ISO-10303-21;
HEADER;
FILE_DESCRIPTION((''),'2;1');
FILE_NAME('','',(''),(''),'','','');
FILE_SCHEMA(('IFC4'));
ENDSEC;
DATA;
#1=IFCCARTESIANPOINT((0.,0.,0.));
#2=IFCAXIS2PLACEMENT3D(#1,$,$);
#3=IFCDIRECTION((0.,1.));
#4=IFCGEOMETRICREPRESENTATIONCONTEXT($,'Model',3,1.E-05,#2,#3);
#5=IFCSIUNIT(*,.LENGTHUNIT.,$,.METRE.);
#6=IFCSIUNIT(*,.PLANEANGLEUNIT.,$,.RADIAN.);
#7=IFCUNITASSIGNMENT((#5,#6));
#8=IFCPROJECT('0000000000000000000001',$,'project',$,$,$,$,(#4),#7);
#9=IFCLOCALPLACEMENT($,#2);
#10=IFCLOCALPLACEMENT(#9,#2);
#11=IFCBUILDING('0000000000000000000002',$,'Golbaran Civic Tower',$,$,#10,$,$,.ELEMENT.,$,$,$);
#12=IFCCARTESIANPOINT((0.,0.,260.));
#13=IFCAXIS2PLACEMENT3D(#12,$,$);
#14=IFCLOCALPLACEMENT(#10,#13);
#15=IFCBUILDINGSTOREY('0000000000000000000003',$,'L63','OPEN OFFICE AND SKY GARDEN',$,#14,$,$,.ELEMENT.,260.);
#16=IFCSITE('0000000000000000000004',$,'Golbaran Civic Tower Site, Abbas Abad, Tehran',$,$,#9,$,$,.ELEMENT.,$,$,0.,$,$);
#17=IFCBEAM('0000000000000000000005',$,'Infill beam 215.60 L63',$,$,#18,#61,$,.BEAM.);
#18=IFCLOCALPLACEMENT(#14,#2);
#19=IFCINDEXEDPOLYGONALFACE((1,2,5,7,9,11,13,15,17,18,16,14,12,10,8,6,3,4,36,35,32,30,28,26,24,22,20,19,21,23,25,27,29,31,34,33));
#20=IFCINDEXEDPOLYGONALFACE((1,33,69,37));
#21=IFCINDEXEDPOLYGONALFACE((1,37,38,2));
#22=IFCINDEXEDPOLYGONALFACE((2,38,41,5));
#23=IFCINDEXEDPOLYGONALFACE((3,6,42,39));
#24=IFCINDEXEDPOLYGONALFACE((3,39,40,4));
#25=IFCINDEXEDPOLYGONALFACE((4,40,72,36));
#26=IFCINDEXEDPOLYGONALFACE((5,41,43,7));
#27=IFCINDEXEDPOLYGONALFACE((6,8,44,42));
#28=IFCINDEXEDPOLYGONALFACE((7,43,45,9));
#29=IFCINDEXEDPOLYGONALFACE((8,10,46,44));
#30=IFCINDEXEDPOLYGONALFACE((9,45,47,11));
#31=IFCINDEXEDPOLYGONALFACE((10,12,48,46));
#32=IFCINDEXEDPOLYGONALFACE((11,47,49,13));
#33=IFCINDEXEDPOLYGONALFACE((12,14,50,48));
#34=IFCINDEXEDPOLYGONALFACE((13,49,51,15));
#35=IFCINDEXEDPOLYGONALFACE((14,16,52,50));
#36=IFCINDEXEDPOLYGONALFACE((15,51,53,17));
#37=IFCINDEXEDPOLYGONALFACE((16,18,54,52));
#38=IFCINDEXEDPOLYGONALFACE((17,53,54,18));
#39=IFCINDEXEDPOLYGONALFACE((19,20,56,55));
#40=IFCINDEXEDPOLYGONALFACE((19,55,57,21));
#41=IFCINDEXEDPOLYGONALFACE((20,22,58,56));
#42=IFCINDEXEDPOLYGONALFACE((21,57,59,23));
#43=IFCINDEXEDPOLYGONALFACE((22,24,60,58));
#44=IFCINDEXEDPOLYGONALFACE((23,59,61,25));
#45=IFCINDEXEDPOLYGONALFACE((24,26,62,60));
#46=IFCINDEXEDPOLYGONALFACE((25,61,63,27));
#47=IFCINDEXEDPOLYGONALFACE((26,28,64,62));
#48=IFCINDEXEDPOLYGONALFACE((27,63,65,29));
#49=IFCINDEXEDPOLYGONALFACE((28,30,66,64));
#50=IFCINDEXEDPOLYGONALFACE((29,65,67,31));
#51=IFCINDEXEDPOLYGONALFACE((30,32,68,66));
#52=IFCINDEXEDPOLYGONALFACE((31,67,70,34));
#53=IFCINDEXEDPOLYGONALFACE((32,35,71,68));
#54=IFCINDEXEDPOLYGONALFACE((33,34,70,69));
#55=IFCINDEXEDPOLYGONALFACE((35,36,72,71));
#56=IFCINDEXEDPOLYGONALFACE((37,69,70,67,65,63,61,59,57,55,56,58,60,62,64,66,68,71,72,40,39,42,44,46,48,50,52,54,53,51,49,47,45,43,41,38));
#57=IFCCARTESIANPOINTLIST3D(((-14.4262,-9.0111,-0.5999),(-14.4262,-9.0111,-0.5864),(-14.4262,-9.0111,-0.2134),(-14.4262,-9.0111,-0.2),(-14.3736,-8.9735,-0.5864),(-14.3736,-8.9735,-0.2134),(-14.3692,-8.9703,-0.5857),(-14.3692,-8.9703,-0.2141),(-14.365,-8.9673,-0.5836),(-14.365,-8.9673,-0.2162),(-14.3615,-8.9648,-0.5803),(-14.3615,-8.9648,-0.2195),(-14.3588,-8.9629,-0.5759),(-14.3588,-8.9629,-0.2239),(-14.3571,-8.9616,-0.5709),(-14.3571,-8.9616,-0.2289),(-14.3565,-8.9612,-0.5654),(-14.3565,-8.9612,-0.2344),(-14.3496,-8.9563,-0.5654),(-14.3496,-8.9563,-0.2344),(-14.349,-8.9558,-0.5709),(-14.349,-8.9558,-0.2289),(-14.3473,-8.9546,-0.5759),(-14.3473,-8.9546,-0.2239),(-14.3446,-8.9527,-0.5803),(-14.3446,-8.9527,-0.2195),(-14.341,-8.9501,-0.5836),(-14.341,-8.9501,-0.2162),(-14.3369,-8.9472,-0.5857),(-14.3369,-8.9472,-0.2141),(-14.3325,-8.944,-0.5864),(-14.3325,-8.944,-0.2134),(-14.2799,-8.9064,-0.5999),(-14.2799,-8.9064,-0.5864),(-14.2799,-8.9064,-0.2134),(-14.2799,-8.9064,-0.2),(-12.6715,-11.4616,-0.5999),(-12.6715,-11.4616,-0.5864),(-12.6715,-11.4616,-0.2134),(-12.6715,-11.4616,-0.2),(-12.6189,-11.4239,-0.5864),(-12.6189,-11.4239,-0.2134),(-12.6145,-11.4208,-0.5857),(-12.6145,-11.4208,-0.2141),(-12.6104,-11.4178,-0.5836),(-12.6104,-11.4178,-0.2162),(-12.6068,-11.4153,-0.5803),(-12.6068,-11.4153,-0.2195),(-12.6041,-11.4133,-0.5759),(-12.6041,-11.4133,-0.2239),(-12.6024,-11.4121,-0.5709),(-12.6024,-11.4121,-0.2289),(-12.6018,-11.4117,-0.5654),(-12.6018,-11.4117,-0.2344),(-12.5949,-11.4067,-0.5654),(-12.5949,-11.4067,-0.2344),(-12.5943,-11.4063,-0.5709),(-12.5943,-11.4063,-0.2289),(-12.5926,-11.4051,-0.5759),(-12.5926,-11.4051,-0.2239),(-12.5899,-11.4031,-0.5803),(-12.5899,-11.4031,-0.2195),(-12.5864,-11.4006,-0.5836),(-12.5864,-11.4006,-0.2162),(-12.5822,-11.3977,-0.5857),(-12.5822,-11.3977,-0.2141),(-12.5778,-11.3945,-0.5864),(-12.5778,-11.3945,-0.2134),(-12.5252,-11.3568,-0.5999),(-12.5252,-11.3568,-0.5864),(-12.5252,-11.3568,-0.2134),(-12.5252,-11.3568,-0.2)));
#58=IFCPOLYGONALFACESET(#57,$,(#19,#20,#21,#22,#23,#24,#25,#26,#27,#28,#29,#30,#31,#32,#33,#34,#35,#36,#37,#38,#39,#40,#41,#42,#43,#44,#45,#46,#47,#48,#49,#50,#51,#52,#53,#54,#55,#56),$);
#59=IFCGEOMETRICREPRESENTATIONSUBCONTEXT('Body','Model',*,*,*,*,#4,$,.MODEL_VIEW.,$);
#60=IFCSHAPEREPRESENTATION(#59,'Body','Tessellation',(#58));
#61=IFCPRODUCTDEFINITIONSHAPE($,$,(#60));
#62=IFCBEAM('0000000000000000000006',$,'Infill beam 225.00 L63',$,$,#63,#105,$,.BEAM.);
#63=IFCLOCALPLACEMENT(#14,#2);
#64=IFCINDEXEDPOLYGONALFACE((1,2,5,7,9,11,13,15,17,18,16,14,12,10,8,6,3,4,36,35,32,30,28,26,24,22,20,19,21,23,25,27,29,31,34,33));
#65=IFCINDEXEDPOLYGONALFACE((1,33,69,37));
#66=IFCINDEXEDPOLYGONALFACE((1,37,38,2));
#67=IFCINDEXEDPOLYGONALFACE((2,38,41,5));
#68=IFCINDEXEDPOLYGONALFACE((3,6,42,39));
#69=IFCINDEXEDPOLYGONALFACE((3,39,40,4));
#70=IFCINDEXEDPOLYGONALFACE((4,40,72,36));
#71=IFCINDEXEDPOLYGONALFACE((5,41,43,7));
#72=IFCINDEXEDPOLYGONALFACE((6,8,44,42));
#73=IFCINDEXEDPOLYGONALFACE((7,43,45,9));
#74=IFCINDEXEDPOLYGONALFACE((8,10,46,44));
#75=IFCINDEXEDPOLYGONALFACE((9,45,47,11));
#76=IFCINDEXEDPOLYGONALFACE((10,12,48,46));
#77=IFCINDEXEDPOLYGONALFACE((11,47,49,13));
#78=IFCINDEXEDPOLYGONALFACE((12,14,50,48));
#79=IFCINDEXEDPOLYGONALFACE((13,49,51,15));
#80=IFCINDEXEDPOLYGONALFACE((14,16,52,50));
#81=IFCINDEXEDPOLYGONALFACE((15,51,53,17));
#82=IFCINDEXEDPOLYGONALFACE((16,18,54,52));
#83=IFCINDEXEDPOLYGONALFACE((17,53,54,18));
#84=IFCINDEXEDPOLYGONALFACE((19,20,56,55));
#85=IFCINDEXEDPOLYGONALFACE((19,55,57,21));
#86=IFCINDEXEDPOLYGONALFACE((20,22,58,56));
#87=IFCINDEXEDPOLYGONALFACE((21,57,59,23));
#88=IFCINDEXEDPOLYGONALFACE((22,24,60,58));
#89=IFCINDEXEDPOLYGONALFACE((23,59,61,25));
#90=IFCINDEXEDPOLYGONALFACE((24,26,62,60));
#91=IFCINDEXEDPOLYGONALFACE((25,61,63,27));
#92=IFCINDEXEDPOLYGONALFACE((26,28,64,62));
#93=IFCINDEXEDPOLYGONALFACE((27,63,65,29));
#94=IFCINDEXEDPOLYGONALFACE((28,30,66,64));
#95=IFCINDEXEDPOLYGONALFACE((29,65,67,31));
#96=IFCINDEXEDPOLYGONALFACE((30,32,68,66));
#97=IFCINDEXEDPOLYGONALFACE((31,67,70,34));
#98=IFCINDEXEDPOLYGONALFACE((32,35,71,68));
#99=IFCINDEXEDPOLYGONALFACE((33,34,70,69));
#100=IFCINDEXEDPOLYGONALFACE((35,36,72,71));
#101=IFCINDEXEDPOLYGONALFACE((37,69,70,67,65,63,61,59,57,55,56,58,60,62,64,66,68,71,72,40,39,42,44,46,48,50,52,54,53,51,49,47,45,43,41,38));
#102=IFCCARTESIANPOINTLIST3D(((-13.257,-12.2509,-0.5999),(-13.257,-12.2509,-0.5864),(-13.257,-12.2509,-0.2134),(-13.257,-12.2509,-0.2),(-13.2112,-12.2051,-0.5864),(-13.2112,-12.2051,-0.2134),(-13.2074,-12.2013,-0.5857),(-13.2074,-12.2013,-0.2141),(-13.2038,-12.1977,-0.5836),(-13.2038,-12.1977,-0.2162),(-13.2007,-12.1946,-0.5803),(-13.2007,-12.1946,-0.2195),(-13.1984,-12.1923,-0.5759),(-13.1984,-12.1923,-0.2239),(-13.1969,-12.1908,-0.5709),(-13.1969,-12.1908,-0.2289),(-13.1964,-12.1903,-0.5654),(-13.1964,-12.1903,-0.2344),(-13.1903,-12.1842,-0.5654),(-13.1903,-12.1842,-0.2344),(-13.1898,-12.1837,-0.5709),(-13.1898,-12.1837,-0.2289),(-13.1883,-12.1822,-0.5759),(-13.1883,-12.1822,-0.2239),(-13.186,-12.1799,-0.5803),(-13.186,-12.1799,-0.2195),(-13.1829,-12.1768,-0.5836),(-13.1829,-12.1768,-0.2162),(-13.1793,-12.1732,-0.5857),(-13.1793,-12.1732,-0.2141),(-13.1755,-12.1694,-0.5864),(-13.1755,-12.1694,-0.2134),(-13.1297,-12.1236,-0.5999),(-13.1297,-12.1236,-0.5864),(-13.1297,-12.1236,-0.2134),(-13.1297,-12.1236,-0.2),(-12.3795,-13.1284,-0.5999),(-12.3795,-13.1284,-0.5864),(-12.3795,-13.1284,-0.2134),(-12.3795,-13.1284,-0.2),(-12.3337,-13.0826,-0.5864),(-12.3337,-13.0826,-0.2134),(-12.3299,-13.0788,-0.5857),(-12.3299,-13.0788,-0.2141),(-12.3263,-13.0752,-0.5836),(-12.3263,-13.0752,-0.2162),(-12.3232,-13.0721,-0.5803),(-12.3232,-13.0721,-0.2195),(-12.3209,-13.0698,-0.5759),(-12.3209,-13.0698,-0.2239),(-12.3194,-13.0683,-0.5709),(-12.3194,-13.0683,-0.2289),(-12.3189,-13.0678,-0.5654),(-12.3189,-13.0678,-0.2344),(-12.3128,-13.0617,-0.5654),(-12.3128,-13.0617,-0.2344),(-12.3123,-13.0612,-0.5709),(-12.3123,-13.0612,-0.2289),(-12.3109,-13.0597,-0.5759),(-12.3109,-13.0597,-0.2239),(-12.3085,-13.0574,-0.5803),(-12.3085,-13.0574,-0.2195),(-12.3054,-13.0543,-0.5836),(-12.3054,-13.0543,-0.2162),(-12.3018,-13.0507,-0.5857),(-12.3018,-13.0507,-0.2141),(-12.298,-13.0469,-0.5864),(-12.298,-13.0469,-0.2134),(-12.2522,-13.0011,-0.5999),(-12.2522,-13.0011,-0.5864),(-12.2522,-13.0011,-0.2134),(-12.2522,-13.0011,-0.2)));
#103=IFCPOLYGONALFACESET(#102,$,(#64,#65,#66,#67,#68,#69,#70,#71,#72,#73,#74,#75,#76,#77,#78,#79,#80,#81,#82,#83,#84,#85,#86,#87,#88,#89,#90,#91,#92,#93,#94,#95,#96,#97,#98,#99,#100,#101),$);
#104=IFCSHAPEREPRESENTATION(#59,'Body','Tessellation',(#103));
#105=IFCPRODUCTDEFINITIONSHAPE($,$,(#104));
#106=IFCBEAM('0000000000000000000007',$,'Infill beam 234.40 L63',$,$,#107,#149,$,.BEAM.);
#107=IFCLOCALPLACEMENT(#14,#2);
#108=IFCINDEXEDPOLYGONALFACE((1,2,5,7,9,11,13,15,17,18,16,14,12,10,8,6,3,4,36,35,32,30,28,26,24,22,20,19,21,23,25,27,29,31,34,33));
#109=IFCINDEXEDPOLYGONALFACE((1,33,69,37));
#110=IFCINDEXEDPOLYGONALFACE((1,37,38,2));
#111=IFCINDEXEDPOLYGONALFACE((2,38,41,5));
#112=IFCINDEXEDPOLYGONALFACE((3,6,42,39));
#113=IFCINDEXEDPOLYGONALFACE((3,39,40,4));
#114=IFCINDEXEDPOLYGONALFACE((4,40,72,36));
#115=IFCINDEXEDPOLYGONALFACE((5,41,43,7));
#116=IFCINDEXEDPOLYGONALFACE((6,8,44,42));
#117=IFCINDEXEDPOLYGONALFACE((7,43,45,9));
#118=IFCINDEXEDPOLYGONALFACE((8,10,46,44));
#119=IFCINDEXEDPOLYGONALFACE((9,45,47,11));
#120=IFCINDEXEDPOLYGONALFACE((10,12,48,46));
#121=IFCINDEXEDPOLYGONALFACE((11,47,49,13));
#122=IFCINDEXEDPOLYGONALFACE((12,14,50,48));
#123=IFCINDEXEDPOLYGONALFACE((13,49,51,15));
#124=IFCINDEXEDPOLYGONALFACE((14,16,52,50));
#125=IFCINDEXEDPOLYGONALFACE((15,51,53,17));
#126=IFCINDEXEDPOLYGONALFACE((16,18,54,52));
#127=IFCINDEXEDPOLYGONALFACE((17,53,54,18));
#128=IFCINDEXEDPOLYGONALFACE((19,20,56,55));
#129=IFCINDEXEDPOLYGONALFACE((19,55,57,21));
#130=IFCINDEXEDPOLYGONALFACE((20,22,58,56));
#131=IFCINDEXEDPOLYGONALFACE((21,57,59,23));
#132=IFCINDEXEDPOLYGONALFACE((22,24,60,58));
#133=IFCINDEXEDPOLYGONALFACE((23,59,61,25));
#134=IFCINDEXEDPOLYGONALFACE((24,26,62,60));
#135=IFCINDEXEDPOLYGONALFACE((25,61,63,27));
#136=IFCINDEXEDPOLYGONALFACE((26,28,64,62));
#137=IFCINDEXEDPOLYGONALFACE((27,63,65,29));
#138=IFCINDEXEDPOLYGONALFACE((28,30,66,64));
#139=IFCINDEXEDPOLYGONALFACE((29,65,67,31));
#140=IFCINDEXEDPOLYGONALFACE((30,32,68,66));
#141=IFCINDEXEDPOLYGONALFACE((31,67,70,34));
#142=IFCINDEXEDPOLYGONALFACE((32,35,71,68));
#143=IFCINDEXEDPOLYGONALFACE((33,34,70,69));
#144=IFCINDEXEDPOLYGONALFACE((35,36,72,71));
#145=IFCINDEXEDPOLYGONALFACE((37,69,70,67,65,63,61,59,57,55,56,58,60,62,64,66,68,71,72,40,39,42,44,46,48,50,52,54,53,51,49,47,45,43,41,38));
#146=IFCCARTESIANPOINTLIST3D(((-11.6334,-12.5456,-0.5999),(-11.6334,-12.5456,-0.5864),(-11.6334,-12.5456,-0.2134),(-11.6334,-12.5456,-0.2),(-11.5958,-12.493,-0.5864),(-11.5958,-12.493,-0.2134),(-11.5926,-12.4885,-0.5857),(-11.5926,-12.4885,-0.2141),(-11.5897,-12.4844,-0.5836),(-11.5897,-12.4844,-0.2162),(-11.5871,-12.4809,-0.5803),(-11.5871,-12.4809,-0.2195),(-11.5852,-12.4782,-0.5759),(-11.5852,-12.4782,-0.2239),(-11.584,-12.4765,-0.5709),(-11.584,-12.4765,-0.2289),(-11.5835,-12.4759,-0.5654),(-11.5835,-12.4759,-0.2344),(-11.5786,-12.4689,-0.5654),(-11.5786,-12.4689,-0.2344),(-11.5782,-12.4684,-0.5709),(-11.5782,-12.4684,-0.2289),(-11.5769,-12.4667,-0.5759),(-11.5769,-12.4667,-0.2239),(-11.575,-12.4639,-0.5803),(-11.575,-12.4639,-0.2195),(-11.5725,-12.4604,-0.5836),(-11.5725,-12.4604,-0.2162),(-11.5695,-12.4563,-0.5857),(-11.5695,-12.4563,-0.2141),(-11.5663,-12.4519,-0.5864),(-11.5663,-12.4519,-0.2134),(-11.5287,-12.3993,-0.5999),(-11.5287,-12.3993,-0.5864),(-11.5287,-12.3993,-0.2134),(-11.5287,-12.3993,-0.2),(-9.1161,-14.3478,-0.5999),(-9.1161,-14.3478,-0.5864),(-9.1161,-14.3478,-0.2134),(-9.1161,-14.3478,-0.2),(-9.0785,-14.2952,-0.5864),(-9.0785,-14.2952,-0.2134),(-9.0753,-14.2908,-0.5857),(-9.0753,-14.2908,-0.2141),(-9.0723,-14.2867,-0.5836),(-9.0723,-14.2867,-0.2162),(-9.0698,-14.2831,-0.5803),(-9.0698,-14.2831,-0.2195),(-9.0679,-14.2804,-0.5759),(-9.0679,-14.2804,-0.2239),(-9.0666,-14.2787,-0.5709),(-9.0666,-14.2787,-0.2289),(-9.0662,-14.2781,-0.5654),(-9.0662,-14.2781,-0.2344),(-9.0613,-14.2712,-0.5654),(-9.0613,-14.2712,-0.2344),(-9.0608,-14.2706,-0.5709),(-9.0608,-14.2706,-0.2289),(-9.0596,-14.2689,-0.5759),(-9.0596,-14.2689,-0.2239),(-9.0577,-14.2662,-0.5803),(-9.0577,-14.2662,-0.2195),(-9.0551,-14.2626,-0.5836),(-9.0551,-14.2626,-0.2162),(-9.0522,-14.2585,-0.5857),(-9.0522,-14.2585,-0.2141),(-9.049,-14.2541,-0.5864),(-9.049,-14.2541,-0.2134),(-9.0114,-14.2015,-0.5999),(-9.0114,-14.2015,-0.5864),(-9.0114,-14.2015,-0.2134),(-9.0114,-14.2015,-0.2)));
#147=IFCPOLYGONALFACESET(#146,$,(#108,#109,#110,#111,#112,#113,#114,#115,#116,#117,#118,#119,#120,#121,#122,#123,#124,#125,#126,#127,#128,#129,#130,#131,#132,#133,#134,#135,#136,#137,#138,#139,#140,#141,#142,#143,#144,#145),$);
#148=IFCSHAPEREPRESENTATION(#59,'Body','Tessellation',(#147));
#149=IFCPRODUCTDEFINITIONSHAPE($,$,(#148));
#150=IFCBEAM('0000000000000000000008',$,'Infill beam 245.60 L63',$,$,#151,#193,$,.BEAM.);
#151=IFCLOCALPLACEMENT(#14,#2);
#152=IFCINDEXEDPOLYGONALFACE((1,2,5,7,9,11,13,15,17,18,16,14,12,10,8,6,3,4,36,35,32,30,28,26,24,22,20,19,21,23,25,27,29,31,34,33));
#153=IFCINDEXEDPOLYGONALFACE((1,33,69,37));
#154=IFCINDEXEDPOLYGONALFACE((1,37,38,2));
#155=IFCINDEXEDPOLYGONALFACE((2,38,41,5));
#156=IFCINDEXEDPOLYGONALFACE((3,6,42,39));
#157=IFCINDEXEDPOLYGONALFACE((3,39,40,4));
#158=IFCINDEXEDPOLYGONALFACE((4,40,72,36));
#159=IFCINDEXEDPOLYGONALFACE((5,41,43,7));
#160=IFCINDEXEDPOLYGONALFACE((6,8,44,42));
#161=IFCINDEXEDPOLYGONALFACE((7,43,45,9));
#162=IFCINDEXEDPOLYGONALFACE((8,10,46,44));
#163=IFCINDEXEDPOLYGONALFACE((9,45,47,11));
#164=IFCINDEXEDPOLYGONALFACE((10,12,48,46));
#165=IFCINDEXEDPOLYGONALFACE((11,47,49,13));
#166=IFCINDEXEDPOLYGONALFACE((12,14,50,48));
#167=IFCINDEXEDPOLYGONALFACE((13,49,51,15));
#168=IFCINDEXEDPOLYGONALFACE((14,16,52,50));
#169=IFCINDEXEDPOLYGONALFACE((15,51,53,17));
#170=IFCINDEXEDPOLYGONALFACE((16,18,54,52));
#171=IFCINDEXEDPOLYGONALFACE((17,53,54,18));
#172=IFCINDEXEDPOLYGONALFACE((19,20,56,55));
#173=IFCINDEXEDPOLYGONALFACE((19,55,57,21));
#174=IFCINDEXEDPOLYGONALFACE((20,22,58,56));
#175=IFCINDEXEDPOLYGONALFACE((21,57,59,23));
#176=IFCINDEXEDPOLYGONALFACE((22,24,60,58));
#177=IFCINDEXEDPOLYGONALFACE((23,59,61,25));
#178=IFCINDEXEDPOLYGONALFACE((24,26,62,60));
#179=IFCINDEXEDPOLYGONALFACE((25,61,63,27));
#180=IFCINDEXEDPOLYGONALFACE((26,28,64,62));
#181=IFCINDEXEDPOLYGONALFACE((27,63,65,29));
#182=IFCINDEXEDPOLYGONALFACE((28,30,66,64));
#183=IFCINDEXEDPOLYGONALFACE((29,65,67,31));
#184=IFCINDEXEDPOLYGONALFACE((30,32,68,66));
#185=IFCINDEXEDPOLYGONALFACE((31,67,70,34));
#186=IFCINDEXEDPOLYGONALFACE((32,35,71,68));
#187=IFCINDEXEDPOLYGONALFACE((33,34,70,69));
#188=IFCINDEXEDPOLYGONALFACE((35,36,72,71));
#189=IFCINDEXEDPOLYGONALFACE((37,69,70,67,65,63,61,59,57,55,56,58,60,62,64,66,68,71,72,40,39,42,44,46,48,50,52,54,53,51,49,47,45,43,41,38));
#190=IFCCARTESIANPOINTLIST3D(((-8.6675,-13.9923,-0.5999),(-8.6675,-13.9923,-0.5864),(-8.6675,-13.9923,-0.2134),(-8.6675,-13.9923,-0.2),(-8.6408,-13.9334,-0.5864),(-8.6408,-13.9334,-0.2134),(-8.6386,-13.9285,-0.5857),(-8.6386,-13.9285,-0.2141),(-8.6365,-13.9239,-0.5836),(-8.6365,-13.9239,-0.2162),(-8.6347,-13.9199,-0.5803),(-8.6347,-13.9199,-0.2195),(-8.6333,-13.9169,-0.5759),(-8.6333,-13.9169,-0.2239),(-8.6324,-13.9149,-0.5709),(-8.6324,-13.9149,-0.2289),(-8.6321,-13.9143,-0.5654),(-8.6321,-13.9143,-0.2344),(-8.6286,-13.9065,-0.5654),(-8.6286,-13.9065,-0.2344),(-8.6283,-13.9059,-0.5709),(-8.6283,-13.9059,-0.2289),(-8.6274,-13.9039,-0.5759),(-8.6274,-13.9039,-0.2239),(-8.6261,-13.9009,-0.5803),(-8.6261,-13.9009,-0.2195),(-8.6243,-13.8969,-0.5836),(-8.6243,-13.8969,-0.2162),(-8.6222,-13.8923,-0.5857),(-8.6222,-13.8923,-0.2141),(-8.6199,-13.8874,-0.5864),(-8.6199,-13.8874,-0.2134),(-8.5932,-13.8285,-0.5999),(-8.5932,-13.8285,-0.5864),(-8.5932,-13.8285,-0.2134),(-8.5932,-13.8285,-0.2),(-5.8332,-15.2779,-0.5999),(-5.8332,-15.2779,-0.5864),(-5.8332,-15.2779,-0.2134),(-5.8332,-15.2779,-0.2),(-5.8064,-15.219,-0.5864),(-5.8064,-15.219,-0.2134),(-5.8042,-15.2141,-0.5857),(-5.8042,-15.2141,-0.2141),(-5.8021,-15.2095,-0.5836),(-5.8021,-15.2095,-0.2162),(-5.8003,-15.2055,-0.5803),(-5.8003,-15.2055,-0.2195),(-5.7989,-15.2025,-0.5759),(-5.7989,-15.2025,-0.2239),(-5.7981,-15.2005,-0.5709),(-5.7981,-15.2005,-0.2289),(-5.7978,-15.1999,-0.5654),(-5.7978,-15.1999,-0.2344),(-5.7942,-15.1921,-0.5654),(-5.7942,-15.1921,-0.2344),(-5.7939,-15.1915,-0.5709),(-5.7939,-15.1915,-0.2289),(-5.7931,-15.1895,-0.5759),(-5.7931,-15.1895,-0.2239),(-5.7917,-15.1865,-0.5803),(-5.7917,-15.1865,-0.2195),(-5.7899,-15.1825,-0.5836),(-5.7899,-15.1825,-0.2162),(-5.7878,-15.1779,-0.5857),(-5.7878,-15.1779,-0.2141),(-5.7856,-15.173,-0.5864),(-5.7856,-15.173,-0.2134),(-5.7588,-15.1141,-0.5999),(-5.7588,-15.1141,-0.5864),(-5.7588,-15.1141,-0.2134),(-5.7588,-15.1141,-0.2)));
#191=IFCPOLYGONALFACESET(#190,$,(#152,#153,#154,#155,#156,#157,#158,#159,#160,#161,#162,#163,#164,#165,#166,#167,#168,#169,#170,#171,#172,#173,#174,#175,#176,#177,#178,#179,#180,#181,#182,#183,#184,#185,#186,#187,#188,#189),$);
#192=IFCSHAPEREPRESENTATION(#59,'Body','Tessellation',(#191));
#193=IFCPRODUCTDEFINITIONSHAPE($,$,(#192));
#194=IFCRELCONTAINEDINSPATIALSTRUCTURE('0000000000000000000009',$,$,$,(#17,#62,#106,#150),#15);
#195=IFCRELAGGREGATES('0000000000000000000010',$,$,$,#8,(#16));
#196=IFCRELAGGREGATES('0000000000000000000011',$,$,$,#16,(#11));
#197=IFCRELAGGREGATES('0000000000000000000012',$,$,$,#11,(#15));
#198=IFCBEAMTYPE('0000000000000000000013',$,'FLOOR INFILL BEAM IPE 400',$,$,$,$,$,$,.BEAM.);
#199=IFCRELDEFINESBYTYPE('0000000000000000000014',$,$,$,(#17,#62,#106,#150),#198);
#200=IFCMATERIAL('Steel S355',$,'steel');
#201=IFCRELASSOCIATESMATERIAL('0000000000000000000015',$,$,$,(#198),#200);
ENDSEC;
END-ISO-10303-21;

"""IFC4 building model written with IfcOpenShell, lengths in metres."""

from ifc_helpers import new_model, si_unit, direction, frame, origin, origin_2d, place, context, subcontext, project, spatial, i_section, extrude, material, material_profile, profile_set, type_object, element, save


model = new_model("IFC4")

# Units and contexts
model_context = context("Model", 3, precision=1e-05, world=origin(), true_north=direction((0.0, 1.0)))
body_context = subcontext(model_context, "Body", "Model", "MODEL_VIEW")
ifc_project = project(units=[si_unit("LENGTHUNIT", "METRE"), si_unit("PLANEANGLEUNIT", "RADIAN")], contexts=[model_context])

# Site, building, storey
site_placement = place(None, origin())
site = spatial("IfcSite", under=ifc_project, at=site_placement, Name="Golbaran Civic Tower Site, Abbas Abad, Tehran", CompositionType="ELEMENT", RefElevation=0.0)
building_placement = place(site_placement, origin())
building = spatial("IfcBuilding", under=site, at=building_placement, Name="Golbaran Civic Tower", CompositionType="ELEMENT")
storey_placement = place(building_placement, frame((0.0, 0.0, 260.0)))
storey = spatial("IfcBuildingStorey", under=building, at=storey_placement, Name="L63", Description="OPEN OFFICE AND SKY GARDEN", CompositionType="ELEMENT", Elevation=260.0)

# Beams
ifc_material_1 = material(Name="Steel S355", Category="steel")
ifc_material_profile_1 = material_profile(ifc_material_1, i_section(OverallWidth=0.1799, OverallDepth=0.3999, WebThickness=0.0085, FlangeThickness=0.0134, FilletRadius=0.021, at=origin_2d()), Name="IPE 400")
ifc_profile_set_1 = profile_set([ifc_material_profile_1], Name="Steel S355")
beam_type_1 = type_object("IfcBeamType", Name="FLOOR INFILL BEAM IPE 400", PredefinedType="BEAM", material=ifc_profile_set_1)
beam_1_placement = place(storey_placement, frame((-14.353, -8.9587, -0.3999), z_axis=(0.582188, -0.813054, 0.0), x_axis=(0.813054, 0.582188, 0.0)))
element("IfcBeam", 1, at=beam_1_placement, inside=storey, type_object=beam_type_1, Name="Infill beam 215.60 L63", PredefinedType="BEAM", context=body_context, shape_type="SweptSolid", body=[
    extrude(i_section(OverallWidth=0.1799, OverallDepth=0.3999, WebThickness=0.0085, FlangeThickness=0.0134, FilletRadius=0.021, at=origin_2d()), origin(), (0.0, 0.0, 1.0), 3.0139),
])
beam_2_placement = place(storey_placement, frame((-13.1934, -12.1873, -0.3999), z_axis=(0.707107, -0.707107, 0.0), x_axis=(0.707107, 0.707107, 0.0)))
element("IfcBeam", 2, at=beam_2_placement, inside=storey, type_object=beam_type_1, Name="Infill beam 225.00 L63", PredefinedType="BEAM", context=body_context, shape_type="SweptSolid", body=[
    extrude(i_section(OverallWidth=0.1799, OverallDepth=0.3999, WebThickness=0.0085, FlangeThickness=0.0134, FilletRadius=0.021, at=origin_2d()), origin(), (0.0, 0.0, 1.0), 1.241),
])
beam_3_placement = place(storey_placement, frame((-11.5811, -12.4724, -0.3999), z_axis=(0.813099, -0.582126, 0.0), x_axis=(0.582126, 0.813099, 0.0)))
element("IfcBeam", 3, at=beam_3_placement, inside=storey, type_object=beam_type_1, Name="Infill beam 234.40 L63", PredefinedType="BEAM", context=body_context, shape_type="SweptSolid", body=[
    extrude(i_section(OverallWidth=0.1799, OverallDepth=0.3999, WebThickness=0.0085, FlangeThickness=0.0134, FilletRadius=0.021, at=origin_2d()), origin(), (0.0, 0.0, 1.0), 3.0959),
])
beam_4_placement = place(storey_placement, frame((-8.6304, -13.9104, -0.3999), z_axis=(0.910699, -0.41307, 0.0), x_axis=(0.41307, 0.910699, 0.0)))
element("IfcBeam", 4, at=beam_4_placement, inside=storey, type_object=beam_type_1, Name="Infill beam 245.60 L63", PredefinedType="BEAM", context=body_context, shape_type="SweptSolid", body=[
    extrude(i_section(OverallWidth=0.1799, OverallDepth=0.3999, WebThickness=0.0085, FlangeThickness=0.0134, FilletRadius=0.021, at=origin_2d()), origin(), (0.0, 0.0, 1.0), 3.1123),
])

save(model, "model.ifc")
